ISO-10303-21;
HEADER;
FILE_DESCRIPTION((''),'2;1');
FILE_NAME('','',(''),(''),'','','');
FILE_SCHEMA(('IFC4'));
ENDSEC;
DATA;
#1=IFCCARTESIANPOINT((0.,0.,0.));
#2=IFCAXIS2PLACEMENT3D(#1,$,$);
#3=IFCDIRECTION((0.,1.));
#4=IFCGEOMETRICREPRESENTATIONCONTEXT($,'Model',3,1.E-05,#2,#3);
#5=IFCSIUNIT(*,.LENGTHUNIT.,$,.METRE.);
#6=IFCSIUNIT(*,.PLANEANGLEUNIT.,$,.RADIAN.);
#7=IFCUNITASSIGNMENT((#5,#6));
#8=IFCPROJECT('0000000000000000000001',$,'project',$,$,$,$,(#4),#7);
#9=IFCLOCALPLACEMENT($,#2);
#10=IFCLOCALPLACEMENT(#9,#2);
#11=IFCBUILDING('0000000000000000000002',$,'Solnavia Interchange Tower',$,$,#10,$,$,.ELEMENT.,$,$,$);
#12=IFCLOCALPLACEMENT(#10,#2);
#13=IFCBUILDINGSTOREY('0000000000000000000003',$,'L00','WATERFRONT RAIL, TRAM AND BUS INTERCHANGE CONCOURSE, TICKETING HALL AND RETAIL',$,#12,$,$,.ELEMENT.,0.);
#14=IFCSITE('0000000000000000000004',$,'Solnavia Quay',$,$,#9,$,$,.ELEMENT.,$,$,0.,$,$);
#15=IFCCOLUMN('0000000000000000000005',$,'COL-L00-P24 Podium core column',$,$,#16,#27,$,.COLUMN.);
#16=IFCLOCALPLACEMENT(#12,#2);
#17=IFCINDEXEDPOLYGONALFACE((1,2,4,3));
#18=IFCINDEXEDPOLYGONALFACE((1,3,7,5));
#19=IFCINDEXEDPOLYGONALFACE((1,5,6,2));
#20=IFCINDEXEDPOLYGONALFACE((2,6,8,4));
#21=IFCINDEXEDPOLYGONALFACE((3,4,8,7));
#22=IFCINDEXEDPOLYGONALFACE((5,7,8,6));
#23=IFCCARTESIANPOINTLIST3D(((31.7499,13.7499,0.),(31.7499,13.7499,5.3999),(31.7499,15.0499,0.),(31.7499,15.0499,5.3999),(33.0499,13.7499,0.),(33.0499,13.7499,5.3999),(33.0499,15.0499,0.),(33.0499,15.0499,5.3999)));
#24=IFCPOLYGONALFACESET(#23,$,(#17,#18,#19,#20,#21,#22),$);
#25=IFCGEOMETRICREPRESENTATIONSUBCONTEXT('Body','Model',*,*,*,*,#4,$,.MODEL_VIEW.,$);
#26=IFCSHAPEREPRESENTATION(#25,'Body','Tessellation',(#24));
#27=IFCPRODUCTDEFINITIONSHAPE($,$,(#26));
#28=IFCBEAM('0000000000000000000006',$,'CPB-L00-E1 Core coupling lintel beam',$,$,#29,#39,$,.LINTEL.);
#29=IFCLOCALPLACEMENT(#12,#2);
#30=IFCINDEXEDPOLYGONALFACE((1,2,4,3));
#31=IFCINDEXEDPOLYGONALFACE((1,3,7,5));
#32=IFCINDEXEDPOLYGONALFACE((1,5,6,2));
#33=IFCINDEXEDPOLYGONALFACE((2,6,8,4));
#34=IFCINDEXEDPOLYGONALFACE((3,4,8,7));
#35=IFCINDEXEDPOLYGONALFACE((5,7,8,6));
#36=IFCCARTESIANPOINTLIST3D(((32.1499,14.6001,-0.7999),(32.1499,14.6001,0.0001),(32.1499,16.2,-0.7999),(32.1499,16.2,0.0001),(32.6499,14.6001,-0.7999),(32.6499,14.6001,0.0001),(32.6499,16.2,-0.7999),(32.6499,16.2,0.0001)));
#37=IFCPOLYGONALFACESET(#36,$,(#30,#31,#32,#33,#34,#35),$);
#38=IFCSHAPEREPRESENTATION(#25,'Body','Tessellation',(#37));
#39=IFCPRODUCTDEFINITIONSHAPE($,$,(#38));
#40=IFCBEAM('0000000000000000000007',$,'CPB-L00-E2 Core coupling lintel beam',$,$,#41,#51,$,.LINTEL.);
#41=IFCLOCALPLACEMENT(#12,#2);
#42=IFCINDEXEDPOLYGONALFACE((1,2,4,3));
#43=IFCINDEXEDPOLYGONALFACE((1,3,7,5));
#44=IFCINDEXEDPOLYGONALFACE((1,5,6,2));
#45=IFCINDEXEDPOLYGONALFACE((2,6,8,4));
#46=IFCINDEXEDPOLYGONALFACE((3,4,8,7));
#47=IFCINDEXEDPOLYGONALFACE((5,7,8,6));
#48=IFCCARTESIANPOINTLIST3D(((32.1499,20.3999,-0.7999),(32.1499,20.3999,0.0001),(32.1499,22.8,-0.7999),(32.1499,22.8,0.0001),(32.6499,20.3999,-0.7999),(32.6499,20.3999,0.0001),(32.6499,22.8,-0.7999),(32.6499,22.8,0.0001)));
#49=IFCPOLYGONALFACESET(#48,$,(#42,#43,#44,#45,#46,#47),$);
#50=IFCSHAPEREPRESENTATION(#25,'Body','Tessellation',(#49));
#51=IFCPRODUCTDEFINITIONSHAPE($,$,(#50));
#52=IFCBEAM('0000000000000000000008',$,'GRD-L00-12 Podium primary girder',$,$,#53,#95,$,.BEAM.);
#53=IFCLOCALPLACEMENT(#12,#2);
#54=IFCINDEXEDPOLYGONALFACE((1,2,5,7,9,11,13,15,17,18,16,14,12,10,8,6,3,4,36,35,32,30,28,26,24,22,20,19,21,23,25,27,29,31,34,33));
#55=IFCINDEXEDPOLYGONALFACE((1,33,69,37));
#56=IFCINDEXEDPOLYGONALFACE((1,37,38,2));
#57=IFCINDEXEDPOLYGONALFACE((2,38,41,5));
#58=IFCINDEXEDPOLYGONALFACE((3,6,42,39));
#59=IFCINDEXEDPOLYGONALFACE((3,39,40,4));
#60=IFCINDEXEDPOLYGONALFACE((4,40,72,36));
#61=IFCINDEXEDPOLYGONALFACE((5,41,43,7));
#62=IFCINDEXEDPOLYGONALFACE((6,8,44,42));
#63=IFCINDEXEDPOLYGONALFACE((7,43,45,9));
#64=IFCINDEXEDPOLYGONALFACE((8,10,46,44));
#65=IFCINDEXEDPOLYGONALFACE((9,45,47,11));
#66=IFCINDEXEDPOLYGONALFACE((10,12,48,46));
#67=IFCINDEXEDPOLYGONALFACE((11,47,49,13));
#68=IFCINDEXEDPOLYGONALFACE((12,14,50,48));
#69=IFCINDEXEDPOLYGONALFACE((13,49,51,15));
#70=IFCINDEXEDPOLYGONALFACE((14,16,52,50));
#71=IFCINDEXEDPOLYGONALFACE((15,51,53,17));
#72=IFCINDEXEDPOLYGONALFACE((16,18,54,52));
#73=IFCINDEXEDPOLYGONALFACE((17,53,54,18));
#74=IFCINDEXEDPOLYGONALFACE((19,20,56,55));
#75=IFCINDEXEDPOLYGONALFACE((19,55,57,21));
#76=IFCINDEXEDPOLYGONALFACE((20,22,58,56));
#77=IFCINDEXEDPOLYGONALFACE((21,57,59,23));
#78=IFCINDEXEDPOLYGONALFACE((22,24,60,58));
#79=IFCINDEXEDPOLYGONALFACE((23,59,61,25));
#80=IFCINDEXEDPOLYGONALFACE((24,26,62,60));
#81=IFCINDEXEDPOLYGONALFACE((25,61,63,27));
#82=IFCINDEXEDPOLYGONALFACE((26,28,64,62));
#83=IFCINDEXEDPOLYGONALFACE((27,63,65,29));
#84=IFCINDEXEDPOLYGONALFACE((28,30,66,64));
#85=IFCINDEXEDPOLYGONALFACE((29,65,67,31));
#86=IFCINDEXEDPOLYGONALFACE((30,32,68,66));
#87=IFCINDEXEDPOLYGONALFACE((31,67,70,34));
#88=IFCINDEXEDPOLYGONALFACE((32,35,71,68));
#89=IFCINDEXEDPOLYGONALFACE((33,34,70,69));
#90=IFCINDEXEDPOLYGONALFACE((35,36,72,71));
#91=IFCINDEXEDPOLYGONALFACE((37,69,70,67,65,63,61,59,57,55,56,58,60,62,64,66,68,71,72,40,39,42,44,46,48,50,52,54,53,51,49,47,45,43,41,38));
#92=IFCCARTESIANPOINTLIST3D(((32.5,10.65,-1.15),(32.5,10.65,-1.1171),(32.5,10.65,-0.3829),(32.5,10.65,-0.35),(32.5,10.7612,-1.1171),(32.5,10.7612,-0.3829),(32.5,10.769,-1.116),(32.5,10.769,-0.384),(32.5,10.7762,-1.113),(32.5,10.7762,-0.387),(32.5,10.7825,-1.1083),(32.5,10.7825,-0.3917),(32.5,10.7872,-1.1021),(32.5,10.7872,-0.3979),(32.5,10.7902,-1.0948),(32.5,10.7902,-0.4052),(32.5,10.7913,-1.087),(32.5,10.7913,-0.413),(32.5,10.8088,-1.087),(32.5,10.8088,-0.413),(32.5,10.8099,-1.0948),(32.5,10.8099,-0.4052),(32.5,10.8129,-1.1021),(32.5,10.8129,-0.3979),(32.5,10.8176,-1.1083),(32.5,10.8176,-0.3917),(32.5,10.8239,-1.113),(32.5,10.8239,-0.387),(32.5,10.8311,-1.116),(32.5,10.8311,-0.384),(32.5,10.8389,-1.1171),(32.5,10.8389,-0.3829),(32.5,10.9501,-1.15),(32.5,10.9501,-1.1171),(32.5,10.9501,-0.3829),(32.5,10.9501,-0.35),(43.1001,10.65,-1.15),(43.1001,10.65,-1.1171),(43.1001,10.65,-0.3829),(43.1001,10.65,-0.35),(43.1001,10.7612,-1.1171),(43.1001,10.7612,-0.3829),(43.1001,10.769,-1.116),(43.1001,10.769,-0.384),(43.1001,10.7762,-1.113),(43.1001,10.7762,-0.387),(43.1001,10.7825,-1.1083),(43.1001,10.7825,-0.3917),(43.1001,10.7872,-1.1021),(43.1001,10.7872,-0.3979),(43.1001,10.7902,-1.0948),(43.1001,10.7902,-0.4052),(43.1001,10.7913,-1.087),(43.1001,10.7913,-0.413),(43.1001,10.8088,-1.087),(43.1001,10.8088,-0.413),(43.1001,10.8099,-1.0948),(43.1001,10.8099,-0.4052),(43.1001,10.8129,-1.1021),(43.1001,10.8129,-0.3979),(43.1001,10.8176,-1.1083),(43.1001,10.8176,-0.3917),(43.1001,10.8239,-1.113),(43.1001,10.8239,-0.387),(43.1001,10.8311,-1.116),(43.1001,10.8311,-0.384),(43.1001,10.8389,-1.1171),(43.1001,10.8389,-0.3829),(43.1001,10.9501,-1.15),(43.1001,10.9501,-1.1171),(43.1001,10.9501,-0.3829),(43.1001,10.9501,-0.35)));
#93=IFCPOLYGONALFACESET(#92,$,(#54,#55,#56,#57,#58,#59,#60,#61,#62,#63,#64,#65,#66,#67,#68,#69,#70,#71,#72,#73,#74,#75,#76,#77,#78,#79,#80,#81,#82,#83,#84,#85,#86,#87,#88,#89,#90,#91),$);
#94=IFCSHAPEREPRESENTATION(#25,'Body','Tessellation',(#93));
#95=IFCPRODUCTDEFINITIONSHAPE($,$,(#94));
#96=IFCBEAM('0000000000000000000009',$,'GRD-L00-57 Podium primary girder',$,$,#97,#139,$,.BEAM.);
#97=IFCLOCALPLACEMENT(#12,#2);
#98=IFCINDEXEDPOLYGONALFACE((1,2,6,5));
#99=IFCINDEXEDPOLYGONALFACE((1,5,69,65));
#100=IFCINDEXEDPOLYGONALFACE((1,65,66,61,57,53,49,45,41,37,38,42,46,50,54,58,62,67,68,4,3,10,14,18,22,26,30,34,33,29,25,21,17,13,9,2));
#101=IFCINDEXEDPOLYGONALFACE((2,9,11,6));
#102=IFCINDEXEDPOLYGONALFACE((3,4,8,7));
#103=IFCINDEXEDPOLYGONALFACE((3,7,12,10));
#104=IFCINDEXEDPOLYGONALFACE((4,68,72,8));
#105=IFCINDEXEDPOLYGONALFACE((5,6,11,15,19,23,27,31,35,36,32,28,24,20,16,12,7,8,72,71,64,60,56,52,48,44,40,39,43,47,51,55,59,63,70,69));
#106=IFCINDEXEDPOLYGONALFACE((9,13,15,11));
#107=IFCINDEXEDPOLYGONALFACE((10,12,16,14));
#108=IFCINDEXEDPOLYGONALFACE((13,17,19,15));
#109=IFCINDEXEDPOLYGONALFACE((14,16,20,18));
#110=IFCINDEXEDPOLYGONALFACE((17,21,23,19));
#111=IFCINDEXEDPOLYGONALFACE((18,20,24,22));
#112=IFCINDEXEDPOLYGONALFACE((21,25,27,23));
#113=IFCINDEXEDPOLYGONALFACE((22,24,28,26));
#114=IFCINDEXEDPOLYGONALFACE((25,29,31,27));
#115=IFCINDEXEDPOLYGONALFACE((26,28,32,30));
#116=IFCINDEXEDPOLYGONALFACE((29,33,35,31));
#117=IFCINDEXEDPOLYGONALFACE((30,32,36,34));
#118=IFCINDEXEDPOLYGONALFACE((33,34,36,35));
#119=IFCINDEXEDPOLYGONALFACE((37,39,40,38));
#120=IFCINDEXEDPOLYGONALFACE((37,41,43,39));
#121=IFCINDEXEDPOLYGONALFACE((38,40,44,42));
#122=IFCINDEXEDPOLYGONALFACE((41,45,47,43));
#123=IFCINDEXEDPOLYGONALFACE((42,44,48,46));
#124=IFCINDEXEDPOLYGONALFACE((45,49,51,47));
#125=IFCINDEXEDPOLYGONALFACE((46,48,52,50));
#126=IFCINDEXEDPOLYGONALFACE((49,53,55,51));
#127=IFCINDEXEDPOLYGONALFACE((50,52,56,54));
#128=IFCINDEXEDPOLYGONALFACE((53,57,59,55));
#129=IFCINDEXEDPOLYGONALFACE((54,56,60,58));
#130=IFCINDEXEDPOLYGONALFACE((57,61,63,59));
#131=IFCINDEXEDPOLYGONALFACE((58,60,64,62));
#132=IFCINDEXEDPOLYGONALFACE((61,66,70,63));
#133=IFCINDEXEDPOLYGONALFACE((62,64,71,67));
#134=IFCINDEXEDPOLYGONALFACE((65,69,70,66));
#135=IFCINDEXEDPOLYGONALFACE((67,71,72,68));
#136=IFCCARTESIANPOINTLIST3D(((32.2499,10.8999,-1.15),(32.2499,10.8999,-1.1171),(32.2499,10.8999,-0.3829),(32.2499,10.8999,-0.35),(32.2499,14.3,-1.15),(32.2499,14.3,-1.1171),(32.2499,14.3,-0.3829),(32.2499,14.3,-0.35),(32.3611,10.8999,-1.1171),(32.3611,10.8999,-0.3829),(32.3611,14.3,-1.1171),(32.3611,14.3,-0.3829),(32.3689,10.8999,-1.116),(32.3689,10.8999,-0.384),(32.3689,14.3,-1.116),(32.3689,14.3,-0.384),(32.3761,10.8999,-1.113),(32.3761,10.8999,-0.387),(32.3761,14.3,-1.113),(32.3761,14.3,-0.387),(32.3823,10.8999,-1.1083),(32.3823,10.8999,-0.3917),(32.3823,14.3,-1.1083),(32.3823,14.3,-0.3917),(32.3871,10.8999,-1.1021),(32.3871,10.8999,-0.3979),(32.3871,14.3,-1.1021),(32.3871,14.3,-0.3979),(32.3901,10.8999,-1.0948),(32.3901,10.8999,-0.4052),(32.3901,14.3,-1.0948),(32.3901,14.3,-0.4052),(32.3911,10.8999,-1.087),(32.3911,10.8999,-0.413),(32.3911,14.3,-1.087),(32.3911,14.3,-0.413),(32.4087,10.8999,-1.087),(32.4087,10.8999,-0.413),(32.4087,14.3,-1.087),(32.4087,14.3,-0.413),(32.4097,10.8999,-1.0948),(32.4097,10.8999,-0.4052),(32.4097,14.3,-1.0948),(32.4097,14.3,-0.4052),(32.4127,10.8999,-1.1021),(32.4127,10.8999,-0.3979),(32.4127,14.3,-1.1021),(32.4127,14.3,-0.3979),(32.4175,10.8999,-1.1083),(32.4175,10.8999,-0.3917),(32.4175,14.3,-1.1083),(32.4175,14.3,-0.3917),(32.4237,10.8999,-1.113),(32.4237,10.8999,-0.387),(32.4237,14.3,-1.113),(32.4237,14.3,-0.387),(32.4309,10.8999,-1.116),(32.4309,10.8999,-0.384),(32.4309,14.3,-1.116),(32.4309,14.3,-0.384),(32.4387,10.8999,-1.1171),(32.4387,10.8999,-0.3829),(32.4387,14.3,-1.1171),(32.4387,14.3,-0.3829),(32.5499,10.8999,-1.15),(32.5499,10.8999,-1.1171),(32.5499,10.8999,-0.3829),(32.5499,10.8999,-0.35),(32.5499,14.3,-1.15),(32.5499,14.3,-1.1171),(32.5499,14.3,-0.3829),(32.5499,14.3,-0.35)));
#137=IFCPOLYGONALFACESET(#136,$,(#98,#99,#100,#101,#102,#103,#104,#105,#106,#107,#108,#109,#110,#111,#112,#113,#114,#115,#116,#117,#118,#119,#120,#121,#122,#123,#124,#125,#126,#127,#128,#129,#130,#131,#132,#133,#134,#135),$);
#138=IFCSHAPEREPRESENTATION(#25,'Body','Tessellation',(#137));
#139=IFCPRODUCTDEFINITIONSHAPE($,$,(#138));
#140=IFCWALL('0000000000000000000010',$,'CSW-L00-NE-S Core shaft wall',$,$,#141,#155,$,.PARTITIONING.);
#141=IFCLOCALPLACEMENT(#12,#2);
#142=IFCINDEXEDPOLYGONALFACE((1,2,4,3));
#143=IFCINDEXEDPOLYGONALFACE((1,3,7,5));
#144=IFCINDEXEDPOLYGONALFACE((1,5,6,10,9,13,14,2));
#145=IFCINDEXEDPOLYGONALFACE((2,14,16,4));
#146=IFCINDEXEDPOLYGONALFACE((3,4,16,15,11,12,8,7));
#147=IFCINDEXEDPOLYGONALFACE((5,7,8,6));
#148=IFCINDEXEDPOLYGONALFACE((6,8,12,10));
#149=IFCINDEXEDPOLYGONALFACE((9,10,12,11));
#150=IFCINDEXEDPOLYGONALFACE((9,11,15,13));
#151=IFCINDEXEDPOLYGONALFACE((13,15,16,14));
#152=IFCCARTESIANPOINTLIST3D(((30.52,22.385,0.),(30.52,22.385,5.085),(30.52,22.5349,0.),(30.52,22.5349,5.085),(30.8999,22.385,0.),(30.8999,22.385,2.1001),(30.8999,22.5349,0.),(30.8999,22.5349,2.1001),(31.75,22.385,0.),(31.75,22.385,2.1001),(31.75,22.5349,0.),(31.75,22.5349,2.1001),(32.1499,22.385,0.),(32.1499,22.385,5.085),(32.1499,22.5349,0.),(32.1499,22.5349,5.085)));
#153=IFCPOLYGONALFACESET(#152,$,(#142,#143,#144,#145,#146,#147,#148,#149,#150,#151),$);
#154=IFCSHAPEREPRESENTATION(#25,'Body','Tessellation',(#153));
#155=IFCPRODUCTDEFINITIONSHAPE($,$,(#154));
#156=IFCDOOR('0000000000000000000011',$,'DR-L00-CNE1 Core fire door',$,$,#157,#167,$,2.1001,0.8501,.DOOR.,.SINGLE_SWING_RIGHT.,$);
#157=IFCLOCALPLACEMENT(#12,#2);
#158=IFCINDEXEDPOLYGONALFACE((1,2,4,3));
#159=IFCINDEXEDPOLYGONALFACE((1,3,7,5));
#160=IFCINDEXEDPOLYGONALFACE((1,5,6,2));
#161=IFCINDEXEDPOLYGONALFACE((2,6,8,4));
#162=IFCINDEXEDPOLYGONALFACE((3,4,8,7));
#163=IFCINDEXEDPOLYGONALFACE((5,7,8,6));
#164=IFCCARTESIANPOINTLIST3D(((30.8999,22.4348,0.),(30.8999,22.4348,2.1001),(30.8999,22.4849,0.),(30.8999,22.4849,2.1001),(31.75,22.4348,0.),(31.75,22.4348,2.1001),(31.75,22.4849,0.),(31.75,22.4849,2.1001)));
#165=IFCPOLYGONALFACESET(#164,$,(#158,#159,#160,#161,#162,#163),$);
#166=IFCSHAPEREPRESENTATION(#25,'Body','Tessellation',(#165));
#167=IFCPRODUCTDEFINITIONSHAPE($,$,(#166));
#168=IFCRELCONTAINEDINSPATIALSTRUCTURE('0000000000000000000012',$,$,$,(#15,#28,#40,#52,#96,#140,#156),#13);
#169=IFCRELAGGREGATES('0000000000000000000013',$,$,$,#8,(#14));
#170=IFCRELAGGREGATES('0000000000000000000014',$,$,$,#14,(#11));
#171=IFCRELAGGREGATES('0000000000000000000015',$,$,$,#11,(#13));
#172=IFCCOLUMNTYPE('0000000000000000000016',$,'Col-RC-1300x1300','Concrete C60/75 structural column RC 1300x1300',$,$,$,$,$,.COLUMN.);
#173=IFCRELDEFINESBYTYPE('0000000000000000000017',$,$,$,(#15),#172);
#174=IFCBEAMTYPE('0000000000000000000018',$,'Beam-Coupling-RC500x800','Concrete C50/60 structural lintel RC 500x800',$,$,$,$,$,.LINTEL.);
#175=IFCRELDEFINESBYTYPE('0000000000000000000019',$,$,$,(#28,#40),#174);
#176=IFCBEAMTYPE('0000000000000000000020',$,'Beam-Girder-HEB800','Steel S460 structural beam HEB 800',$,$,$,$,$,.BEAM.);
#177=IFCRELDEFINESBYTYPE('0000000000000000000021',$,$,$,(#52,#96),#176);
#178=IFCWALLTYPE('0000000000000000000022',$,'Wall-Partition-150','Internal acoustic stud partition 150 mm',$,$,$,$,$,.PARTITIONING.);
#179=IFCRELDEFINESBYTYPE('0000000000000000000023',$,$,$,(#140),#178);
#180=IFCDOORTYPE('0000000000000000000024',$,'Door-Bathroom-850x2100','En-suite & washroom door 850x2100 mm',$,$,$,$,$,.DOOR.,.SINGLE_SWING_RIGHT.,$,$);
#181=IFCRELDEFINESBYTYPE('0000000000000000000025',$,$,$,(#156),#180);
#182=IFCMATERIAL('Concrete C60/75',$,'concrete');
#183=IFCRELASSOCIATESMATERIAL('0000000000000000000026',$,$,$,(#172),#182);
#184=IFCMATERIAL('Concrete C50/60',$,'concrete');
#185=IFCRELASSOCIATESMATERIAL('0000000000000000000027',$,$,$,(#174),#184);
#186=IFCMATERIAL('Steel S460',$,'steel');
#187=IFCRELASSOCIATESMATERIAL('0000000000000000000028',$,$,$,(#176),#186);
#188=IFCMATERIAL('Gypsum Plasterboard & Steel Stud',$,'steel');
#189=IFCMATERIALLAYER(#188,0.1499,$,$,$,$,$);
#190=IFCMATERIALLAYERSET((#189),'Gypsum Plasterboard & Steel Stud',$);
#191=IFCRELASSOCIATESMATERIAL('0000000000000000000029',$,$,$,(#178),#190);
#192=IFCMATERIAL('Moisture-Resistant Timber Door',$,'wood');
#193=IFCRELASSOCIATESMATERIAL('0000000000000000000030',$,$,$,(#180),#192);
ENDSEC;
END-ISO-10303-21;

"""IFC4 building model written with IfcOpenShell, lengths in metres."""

from ifc_helpers import new_model, si_unit, direction, frame, frame_2d, origin, origin_2d, place, context, subcontext, project, spatial, rectangle, i_section, extrude, material, layer, layer_set, material_profile, profile_set, type_object, element, fill, save


model = new_model("IFC4")

# Units and contexts
model_context = context("Model", 3, precision=1e-05, world=origin(), true_north=direction((0.0, 1.0)))
body_context = subcontext(model_context, "Body", "Model", "MODEL_VIEW")
ifc_project = project(units=[si_unit("LENGTHUNIT", "METRE"), si_unit("PLANEANGLEUNIT", "RADIAN")], contexts=[model_context])

# Site, building, storey
site_placement = place(None, origin())
site = spatial("IfcSite", under=ifc_project, at=site_placement, Name="Solnavia Quay", CompositionType="ELEMENT", RefElevation=0.0)
building_placement = place(site_placement, origin())
building = spatial("IfcBuilding", under=site, at=building_placement, Name="Solnavia Interchange Tower", CompositionType="ELEMENT")
storey_placement = place(building_placement, origin())
storey = spatial("IfcBuildingStorey", under=building, at=storey_placement, Name="L00", Description="WATERFRONT RAIL, TRAM AND BUS INTERCHANGE CONCOURSE, TICKETING HALL AND RETAIL", CompositionType="ELEMENT", Elevation=0.0)

# Column
ifc_material_1 = material(Name="Concrete C60/75", Category="concrete")
ifc_material_profile_1 = material_profile(ifc_material_1, rectangle(XDim=1.3, YDim=1.3, at=origin_2d()), Name="RC 1300x1300")
ifc_profile_set_1 = profile_set([ifc_material_profile_1], Name="Concrete C60/75")
column_type = type_object("IfcColumnType", Name="Col-RC-1300x1300", Description="Concrete C60/75 structural column RC 1300x1300", PredefinedType="COLUMN", material=ifc_profile_set_1)
column_placement = place(storey_placement, frame((32.3999, 14.3999, 0.0), z_axis=(0.0, 0.0, 1.0), x_axis=(1.0, 0.0, 0.0)))
element("IfcColumn", 1, at=column_placement, inside=storey, type_object=column_type, Name="COL-L00-P24 Podium core column", PredefinedType="COLUMN", context=body_context, shape_type="SweptSolid", body=[
    extrude(rectangle(XDim=1.3, YDim=1.3, at=origin_2d()), origin(), (0.0, 0.0, 1.0), 5.3999),
])

# Beams
ifc_material_2 = material(Name="Concrete C50/60", Category="concrete")
ifc_material_profile_2 = material_profile(ifc_material_2, rectangle(XDim=0.5, YDim=0.8, at=origin_2d()), Name="RC 500x800")
ifc_profile_set_2 = profile_set([ifc_material_profile_2], Name="Concrete C50/60")
beam_type_1 = type_object("IfcBeamType", Name="Beam-Coupling-RC500x800", Description="Concrete C50/60 structural lintel RC 500x800", PredefinedType="LINTEL", material=ifc_profile_set_2)
beam_1_placement = place(storey_placement, frame((32.3999, 14.6001, -0.3999), z_axis=(0.0, 1.0, 0.0), x_axis=(-1.0, 0.0, 0.0)))
element("IfcBeam", 2, at=beam_1_placement, inside=storey, type_object=beam_type_1, Name="CPB-L00-E1 Core coupling lintel beam", PredefinedType="LINTEL", context=body_context, shape_type="SweptSolid", body=[
    extrude(rectangle(XDim=0.5, YDim=0.8, at=origin_2d()), origin(), (0.0, 0.0, 1.0), 1.5999),
])
beam_2_placement = place(storey_placement, frame((32.3999, 20.3999, -0.3999), z_axis=(0.0, 1.0, 0.0), x_axis=(-1.0, 0.0, 0.0)))
element("IfcBeam", 3, at=beam_2_placement, inside=storey, type_object=beam_type_1, Name="CPB-L00-E2 Core coupling lintel beam", PredefinedType="LINTEL", context=body_context, shape_type="SweptSolid", body=[
    extrude(rectangle(XDim=0.5, YDim=0.8, at=origin_2d()), origin(), (0.0, 0.0, 1.0), 2.4001),
])
ifc_material_3 = material(Name="Steel S460", Category="steel")
ifc_material_profile_3 = material_profile(ifc_material_3, i_section(OverallWidth=0.3, OverallDepth=0.8, WebThickness=0.0176, FlangeThickness=0.033, FilletRadius=0.03, at=origin_2d()), Name="HEB 800")
ifc_profile_set_3 = profile_set([ifc_material_profile_3], Name="Steel S460")
beam_type_2 = type_object("IfcBeamType", Name="Beam-Girder-HEB800", Description="Steel S460 structural beam HEB 800", PredefinedType="BEAM", material=ifc_profile_set_3)
beam_3_placement = place(storey_placement, frame((32.5, 10.8, -0.75), z_axis=(1.0, 0.0, 0.0), x_axis=(0.0, 1.0, 0.0)))
element("IfcBeam", 4, at=beam_3_placement, inside=storey, type_object=beam_type_2, Name="GRD-L00-12 Podium primary girder", PredefinedType="BEAM", context=body_context, shape_type="SweptSolid", body=[
    extrude(i_section(OverallWidth=0.3, OverallDepth=0.8, WebThickness=0.0176, FlangeThickness=0.033, FilletRadius=0.03, at=origin_2d()), origin(), (0.0, 0.0, 1.0), 10.6001),
])
beam_4_placement = place(storey_placement, frame((32.3999, 10.8999, -0.75), z_axis=(0.0, 1.0, 0.0), x_axis=(-1.0, 0.0, 0.0)))
element("IfcBeam", 5, at=beam_4_placement, inside=storey, type_object=beam_type_2, Name="GRD-L00-57 Podium primary girder", PredefinedType="BEAM", context=body_context, shape_type="SweptSolid", body=[
    extrude(i_section(OverallWidth=0.3, OverallDepth=0.8, WebThickness=0.0176, FlangeThickness=0.033, FilletRadius=0.03, at=origin_2d()), origin(), (0.0, 0.0, 1.0), 3.4001),
])

# Wall, opening, door
ifc_material_4 = material(Name="Gypsum Plasterboard & Steel Stud", Category="steel")
ifc_layer_1 = layer(ifc_material_4, 0.1499)
ifc_layer_set_1 = layer_set([ifc_layer_1], Name="Gypsum Plasterboard & Steel Stud")
wall_type_1 = type_object("IfcWallType", Name="Wall-Partition-150", Description="Internal acoustic stud partition 150 mm", PredefinedType="PARTITIONING", material=ifc_layer_set_1)
wall_1_placement = place(storey_placement, frame((30.52, 22.46, 0.0), z_axis=(0.0, 0.0, 1.0), x_axis=(1.0, 0.0, 0.0)))
wall_1 = element("IfcWall", 6, at=wall_1_placement, inside=storey, type_object=wall_type_1, Name="CSW-L00-NE-S Core shaft wall", PredefinedType="PARTITIONING", context=body_context, shape_type="SweptSolid", body=[
    extrude(rectangle(XDim=1.6299, YDim=0.1499, at=frame_2d((0.8149, 0.0))), origin(), (0.0, 0.0, 1.0), 5.085),
])
opening_1_placement = place(wall_1_placement, frame((0.3799, 0.0, 0.0)))
opening_1 = element("IfcOpeningElement", 7, at=opening_1_placement, cuts=wall_1, PredefinedType="OPENING", context=body_context, shape_type="SweptSolid", body=[
    extrude(rectangle(XDim=0.8501, YDim=2.1001, at=frame_2d((0.425, 1.05))), frame((0.0, 0.085, 0.0), z_axis=(0.0, -1.0, 0.0), x_axis=(1.0, 0.0, 0.0)), (0.0, 0.0, 1.0), 0.1699),
])
ifc_material_5 = material(Name="Moisture-Resistant Timber Door", Category="wood")
door_type_1 = type_object("IfcDoorType", Name="Door-Bathroom-850x2100", Description="En-suite & washroom door 850x2100 mm", OperationType="SINGLE_SWING_RIGHT", PredefinedType="DOOR", material=ifc_material_5)
door_1_placement = place(opening_1_placement, origin())
door_1 = element("IfcDoor", 8, at=door_1_placement, inside=storey, type_object=door_type_1, Name="DR-L00-CNE1 Core fire door", OperationType="SINGLE_SWING_RIGHT", OverallHeight=2.1001, OverallWidth=0.8501, PredefinedType="DOOR", context=body_context, shape_type="SweptSolid", body=[
    extrude(rectangle(XDim=0.8501, YDim=2.1001, at=frame_2d((0.425, 1.05))), frame((0.0, 0.0249, 0.0), z_axis=(0.0, -1.0, 0.0), x_axis=(1.0, 0.0, 0.0)), (0.0, 0.0, 1.0), 0.05),
])
fill(opening_1, door_1)

save(model, "model.ifc")
